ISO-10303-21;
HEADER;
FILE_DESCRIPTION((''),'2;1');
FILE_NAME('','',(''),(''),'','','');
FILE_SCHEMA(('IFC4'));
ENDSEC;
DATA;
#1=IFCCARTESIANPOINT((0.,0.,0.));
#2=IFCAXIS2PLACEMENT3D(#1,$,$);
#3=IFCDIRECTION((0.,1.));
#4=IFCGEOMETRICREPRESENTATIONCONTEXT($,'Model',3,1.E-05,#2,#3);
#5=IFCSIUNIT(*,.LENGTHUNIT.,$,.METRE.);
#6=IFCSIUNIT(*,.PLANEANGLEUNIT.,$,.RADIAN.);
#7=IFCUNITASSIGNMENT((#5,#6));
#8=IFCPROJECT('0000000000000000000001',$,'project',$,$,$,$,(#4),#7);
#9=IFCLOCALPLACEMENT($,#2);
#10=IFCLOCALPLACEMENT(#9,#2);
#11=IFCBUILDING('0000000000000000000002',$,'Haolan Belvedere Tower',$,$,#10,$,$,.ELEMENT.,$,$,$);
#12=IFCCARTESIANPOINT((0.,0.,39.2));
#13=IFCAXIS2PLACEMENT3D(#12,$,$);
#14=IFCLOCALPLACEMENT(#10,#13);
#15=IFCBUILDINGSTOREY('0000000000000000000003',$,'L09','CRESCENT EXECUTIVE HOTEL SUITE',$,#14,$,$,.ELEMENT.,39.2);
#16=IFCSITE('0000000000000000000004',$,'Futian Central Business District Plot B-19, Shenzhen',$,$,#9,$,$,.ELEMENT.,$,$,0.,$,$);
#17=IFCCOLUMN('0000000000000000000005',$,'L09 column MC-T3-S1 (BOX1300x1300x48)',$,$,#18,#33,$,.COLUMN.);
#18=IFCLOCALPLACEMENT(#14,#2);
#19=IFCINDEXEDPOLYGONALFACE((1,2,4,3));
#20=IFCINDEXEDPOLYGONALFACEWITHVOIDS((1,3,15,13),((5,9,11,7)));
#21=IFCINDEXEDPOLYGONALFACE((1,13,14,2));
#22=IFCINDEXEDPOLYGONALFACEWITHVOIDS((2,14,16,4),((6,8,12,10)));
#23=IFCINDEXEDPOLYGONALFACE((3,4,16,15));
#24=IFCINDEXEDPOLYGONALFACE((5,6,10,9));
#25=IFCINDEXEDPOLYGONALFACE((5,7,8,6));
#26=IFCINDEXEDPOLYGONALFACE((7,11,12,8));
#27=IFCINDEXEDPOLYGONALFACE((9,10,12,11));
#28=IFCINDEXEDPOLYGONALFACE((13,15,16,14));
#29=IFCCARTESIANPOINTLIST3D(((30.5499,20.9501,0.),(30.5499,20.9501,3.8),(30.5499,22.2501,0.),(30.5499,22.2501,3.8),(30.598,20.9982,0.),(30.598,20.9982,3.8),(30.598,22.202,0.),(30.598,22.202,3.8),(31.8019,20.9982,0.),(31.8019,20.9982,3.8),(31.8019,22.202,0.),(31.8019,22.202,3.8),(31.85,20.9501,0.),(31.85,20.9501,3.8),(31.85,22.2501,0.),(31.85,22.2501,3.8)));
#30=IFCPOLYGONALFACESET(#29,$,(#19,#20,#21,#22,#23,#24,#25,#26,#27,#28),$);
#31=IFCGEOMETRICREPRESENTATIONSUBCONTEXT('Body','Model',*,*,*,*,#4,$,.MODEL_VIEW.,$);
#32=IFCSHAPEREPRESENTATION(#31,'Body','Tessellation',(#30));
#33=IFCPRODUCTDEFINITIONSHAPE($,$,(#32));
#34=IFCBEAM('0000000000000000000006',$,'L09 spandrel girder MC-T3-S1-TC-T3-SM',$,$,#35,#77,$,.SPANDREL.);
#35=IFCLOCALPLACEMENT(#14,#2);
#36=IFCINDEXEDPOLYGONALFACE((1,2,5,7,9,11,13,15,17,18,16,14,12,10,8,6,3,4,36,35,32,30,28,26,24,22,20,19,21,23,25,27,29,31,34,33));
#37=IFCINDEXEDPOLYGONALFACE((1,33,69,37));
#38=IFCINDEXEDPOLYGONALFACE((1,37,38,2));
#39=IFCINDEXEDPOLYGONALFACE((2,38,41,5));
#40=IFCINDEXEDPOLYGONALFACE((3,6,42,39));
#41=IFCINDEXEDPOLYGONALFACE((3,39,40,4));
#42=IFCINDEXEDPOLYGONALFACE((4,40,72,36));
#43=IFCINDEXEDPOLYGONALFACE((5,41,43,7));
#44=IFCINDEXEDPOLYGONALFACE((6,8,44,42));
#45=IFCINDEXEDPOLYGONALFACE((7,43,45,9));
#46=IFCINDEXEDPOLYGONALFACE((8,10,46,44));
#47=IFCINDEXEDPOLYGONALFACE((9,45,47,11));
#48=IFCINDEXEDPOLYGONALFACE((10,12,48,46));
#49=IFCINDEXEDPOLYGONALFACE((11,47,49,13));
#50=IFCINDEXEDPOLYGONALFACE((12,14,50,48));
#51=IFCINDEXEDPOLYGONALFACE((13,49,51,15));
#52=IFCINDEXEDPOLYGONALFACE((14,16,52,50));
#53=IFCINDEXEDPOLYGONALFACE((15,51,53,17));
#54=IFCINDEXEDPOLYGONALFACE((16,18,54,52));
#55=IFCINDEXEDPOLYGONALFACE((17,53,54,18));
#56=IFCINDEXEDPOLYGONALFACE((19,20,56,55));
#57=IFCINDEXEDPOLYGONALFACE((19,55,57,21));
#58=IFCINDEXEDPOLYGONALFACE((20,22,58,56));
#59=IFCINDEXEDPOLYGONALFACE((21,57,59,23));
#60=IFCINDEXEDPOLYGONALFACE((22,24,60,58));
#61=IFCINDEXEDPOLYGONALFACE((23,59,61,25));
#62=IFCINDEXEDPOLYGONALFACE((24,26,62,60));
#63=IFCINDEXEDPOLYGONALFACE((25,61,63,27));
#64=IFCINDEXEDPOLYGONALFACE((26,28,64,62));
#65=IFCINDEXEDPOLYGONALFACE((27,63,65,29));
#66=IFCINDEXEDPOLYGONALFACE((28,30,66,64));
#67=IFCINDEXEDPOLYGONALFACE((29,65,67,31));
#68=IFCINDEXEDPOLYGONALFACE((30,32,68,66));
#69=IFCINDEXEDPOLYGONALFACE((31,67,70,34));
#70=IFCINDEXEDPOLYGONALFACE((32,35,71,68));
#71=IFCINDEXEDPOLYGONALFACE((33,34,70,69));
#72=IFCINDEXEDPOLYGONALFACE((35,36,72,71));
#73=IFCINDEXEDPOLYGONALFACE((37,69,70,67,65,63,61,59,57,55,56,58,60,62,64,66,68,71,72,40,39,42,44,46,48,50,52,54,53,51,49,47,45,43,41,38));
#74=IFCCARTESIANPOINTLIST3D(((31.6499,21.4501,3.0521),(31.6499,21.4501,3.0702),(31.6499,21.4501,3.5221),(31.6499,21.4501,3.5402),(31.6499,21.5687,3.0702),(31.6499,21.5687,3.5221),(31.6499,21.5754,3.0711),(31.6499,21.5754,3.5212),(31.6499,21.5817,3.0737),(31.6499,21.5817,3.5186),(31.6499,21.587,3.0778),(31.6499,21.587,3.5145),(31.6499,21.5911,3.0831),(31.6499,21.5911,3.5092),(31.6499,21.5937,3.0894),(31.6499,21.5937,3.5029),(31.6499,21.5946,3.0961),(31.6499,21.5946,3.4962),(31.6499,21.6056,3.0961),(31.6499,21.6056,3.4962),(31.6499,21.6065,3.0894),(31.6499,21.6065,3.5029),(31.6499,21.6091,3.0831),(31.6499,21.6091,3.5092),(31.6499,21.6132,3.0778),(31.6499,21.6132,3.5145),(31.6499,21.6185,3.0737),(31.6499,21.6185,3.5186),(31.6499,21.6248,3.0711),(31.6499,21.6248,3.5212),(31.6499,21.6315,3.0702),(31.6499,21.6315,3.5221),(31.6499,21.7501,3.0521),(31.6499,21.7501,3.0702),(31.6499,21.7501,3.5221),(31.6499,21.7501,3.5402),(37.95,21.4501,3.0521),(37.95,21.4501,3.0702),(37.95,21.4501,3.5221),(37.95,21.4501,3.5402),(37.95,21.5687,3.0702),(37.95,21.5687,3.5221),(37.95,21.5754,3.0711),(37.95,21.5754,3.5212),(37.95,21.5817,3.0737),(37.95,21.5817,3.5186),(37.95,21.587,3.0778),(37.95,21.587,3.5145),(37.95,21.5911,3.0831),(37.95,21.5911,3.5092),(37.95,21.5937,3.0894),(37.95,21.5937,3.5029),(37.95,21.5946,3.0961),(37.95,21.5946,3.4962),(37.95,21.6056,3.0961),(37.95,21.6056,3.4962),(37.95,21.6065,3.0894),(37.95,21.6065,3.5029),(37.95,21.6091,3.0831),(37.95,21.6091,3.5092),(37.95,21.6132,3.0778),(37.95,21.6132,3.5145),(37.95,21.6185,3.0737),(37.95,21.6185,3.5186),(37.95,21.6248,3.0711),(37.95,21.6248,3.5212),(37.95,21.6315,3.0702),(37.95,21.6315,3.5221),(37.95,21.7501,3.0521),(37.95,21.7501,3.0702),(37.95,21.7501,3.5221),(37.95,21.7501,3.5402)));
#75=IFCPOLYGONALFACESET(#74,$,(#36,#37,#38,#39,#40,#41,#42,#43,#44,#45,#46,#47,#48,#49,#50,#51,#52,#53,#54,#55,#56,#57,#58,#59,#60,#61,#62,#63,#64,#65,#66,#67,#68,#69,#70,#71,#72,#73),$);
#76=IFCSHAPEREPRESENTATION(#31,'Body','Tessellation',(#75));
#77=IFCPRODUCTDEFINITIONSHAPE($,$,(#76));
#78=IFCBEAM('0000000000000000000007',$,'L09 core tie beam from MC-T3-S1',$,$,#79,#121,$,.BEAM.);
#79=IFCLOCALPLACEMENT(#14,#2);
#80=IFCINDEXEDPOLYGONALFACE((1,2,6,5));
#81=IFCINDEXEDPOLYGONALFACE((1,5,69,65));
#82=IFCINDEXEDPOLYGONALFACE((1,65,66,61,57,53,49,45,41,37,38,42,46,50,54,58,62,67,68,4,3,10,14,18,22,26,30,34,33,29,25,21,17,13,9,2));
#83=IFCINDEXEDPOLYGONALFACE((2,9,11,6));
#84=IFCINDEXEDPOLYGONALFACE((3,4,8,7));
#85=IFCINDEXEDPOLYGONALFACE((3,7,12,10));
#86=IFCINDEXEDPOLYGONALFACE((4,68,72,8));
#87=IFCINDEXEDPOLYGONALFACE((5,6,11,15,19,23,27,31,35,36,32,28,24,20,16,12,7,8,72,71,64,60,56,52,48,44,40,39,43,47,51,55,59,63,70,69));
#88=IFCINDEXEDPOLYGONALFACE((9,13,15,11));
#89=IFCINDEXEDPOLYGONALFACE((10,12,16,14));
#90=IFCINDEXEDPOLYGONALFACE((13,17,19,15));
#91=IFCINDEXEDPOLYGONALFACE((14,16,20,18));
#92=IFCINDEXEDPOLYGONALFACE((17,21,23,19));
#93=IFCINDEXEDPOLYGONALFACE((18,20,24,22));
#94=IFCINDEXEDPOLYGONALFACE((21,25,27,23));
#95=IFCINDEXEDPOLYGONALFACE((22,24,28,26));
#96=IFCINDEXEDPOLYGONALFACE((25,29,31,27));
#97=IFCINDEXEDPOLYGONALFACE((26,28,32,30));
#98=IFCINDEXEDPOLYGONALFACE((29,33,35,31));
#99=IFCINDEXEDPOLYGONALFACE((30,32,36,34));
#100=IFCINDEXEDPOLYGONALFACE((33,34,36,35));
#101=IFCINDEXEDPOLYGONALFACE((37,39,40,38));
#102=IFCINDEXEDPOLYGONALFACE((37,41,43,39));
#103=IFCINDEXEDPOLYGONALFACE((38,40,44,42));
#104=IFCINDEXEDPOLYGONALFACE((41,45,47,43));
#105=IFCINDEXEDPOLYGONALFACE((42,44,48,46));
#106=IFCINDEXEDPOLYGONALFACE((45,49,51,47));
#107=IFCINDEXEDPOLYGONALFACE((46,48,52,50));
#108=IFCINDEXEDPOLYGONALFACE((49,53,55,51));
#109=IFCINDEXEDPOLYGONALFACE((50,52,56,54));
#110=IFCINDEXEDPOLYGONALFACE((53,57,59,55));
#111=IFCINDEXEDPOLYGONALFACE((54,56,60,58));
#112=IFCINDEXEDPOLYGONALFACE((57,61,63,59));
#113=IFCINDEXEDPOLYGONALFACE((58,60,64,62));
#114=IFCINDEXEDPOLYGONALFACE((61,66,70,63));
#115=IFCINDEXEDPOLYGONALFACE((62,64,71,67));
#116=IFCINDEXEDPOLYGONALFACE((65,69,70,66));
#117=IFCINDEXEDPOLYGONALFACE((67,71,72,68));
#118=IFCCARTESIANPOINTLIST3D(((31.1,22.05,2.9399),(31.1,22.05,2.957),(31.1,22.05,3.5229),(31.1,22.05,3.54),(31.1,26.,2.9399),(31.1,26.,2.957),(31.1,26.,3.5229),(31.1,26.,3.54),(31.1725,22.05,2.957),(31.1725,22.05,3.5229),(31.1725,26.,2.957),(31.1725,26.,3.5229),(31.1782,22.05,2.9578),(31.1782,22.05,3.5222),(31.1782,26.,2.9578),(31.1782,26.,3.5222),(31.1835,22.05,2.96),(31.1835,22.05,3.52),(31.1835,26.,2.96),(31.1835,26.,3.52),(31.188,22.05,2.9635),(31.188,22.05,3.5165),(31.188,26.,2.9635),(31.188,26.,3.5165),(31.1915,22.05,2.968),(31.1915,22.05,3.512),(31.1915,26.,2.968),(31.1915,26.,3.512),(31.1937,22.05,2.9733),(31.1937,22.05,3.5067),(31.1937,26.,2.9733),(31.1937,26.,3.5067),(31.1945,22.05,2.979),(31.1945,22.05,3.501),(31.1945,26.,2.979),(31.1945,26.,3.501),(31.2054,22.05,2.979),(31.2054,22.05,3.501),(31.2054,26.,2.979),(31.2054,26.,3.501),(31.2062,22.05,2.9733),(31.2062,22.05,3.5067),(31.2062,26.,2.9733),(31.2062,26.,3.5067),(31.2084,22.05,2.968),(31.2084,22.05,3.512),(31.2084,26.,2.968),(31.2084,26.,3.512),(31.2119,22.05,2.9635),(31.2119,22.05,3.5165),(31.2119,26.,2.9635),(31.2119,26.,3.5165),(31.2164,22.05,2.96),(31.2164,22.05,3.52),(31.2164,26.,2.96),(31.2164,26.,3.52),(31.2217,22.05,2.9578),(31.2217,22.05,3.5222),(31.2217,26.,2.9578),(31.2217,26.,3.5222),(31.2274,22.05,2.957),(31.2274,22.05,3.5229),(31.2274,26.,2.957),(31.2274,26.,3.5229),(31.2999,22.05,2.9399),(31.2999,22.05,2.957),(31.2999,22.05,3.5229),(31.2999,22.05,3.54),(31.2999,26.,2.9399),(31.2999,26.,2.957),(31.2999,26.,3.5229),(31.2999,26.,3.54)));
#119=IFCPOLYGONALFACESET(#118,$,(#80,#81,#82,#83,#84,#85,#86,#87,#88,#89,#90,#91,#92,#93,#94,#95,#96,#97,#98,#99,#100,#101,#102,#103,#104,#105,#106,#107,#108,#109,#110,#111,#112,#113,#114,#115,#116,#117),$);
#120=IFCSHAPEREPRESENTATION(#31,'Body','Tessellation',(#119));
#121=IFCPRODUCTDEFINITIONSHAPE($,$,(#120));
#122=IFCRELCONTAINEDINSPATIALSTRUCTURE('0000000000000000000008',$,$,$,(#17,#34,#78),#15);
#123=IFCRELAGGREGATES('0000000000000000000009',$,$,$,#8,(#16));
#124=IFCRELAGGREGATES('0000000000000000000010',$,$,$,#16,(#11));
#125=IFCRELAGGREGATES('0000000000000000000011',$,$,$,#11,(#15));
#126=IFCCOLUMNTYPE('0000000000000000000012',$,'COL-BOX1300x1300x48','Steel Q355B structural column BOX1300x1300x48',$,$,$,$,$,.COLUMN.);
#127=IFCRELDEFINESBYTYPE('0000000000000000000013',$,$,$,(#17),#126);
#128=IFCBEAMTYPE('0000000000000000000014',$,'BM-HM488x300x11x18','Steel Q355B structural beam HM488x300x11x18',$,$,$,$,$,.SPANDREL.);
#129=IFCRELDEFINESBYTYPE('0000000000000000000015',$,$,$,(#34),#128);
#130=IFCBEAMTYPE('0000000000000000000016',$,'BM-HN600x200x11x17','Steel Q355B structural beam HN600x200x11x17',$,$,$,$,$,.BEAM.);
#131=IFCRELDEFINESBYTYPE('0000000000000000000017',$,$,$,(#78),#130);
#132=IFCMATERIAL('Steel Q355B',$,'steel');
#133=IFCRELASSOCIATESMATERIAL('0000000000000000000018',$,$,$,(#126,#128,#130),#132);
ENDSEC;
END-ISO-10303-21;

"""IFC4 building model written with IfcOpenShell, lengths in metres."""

from ifc_helpers import new_model, si_unit, direction, frame, origin, origin_2d, place, context, subcontext, project, spatial, hollow_rectangle, i_section, extrude, material, material_profile, profile_set, type_object, element, save


model = new_model("IFC4")

# Units and contexts
model_context = context("Model", 3, precision=1e-05, world=origin(), true_north=direction((0.0, 1.0)))
body_context = subcontext(model_context, "Body", "Model", "MODEL_VIEW")
ifc_project = project(units=[si_unit("LENGTHUNIT", "METRE"), si_unit("PLANEANGLEUNIT", "RADIAN")], contexts=[model_context])

# Site, building, storey
site_placement = place(None, origin())
site = spatial("IfcSite", under=ifc_project, at=site_placement, Name="Futian Central Business District Plot B-19, Shenzhen", CompositionType="ELEMENT", RefElevation=0.0)
building_placement = place(site_placement, origin())
building = spatial("IfcBuilding", under=site, at=building_placement, Name="Haolan Belvedere Tower", CompositionType="ELEMENT")
storey_placement = place(building_placement, frame((0.0, 0.0, 39.2)))
storey = spatial("IfcBuildingStorey", under=building, at=storey_placement, Name="L09", Description="CRESCENT EXECUTIVE HOTEL SUITE", CompositionType="ELEMENT", Elevation=39.2)

# Column
ifc_material_1 = material(Name="Steel Q355B", Category="steel")
ifc_material_profile_1 = material_profile(ifc_material_1, hollow_rectangle(XDim=1.3, YDim=1.3, WallThickness=0.0481, at=origin_2d()), Name="Steel Q355B")
ifc_profile_set_1 = profile_set([ifc_material_profile_1], Name="Steel Q355B")
column_type = type_object("IfcColumnType", Name="COL-BOX1300x1300x48", Description="Steel Q355B structural column BOX1300x1300x48", PredefinedType="COLUMN", material=ifc_profile_set_1)
column_placement = place(storey_placement, frame((31.2, 21.6001, 0.0), z_axis=(0.0, 0.0, 1.0), x_axis=(1.0, 0.0, 0.0)))
element("IfcColumn", 1, at=column_placement, inside=storey, type_object=column_type, Name="L09 column MC-T3-S1 (BOX1300x1300x48)", PredefinedType="COLUMN", context=body_context, shape_type="SweptSolid", body=[
    extrude(hollow_rectangle(XDim=1.3, YDim=1.3, WallThickness=0.0481, at=origin_2d()), origin(), (0.0, 0.0, 1.0), 3.8),
])

# Beams
ifc_material_profile_2 = material_profile(ifc_material_1, i_section(OverallWidth=0.3, OverallDepth=0.488, WebThickness=0.011, FlangeThickness=0.0181, FilletRadius=0.0259, at=origin_2d()), Name="Steel Q355B")
ifc_profile_set_2 = profile_set([ifc_material_profile_2], Name="Steel Q355B")
beam_type_1 = type_object("IfcBeamType", Name="BM-HM488x300x11x18", Description="Steel Q355B structural beam HM488x300x11x18", PredefinedType="SPANDREL", material=ifc_profile_set_2)
beam_1_placement = place(storey_placement, frame((31.6499, 21.6001, 3.2961), z_axis=(1.0, 0.0, 0.0), x_axis=(0.0, 1.0, 0.0)))
element("IfcBeam", 2, at=beam_1_placement, inside=storey, type_object=beam_type_1, Name="L09 spandrel girder MC-T3-S1-TC-T3-SM", PredefinedType="SPANDREL", context=body_context, shape_type="SweptSolid", body=[
    extrude(i_section(OverallWidth=0.3, OverallDepth=0.488, WebThickness=0.011, FlangeThickness=0.0181, FilletRadius=0.0259, at=origin_2d()), origin(), (0.0, 0.0, 1.0), 6.3),
])
ifc_material_profile_3 = material_profile(ifc_material_1, i_section(OverallWidth=0.2, OverallDepth=0.6001, WebThickness=0.011, FlangeThickness=0.0171, FilletRadius=0.022, at=origin_2d()), Name="Steel Q355B")
ifc_profile_set_3 = profile_set([ifc_material_profile_3], Name="Steel Q355B")
beam_type_2 = type_object("IfcBeamType", Name="BM-HN600x200x11x17", Description="Steel Q355B structural beam HN600x200x11x17", PredefinedType="BEAM", material=ifc_profile_set_3)
beam_2_placement = place(storey_placement, frame((31.2, 22.05, 3.24), z_axis=(0.0, 1.0, 0.0), x_axis=(-1.0, 0.0, 0.0)))
element("IfcBeam", 3, at=beam_2_placement, inside=storey, type_object=beam_type_2, Name="L09 core tie beam from MC-T3-S1", PredefinedType="BEAM", context=body_context, shape_type="SweptSolid", body=[
    extrude(i_section(OverallWidth=0.2, OverallDepth=0.6001, WebThickness=0.011, FlangeThickness=0.0171, FilletRadius=0.022, at=origin_2d()), origin(), (0.0, 0.0, 1.0), 3.95),
])

save(model, "model.ifc")
